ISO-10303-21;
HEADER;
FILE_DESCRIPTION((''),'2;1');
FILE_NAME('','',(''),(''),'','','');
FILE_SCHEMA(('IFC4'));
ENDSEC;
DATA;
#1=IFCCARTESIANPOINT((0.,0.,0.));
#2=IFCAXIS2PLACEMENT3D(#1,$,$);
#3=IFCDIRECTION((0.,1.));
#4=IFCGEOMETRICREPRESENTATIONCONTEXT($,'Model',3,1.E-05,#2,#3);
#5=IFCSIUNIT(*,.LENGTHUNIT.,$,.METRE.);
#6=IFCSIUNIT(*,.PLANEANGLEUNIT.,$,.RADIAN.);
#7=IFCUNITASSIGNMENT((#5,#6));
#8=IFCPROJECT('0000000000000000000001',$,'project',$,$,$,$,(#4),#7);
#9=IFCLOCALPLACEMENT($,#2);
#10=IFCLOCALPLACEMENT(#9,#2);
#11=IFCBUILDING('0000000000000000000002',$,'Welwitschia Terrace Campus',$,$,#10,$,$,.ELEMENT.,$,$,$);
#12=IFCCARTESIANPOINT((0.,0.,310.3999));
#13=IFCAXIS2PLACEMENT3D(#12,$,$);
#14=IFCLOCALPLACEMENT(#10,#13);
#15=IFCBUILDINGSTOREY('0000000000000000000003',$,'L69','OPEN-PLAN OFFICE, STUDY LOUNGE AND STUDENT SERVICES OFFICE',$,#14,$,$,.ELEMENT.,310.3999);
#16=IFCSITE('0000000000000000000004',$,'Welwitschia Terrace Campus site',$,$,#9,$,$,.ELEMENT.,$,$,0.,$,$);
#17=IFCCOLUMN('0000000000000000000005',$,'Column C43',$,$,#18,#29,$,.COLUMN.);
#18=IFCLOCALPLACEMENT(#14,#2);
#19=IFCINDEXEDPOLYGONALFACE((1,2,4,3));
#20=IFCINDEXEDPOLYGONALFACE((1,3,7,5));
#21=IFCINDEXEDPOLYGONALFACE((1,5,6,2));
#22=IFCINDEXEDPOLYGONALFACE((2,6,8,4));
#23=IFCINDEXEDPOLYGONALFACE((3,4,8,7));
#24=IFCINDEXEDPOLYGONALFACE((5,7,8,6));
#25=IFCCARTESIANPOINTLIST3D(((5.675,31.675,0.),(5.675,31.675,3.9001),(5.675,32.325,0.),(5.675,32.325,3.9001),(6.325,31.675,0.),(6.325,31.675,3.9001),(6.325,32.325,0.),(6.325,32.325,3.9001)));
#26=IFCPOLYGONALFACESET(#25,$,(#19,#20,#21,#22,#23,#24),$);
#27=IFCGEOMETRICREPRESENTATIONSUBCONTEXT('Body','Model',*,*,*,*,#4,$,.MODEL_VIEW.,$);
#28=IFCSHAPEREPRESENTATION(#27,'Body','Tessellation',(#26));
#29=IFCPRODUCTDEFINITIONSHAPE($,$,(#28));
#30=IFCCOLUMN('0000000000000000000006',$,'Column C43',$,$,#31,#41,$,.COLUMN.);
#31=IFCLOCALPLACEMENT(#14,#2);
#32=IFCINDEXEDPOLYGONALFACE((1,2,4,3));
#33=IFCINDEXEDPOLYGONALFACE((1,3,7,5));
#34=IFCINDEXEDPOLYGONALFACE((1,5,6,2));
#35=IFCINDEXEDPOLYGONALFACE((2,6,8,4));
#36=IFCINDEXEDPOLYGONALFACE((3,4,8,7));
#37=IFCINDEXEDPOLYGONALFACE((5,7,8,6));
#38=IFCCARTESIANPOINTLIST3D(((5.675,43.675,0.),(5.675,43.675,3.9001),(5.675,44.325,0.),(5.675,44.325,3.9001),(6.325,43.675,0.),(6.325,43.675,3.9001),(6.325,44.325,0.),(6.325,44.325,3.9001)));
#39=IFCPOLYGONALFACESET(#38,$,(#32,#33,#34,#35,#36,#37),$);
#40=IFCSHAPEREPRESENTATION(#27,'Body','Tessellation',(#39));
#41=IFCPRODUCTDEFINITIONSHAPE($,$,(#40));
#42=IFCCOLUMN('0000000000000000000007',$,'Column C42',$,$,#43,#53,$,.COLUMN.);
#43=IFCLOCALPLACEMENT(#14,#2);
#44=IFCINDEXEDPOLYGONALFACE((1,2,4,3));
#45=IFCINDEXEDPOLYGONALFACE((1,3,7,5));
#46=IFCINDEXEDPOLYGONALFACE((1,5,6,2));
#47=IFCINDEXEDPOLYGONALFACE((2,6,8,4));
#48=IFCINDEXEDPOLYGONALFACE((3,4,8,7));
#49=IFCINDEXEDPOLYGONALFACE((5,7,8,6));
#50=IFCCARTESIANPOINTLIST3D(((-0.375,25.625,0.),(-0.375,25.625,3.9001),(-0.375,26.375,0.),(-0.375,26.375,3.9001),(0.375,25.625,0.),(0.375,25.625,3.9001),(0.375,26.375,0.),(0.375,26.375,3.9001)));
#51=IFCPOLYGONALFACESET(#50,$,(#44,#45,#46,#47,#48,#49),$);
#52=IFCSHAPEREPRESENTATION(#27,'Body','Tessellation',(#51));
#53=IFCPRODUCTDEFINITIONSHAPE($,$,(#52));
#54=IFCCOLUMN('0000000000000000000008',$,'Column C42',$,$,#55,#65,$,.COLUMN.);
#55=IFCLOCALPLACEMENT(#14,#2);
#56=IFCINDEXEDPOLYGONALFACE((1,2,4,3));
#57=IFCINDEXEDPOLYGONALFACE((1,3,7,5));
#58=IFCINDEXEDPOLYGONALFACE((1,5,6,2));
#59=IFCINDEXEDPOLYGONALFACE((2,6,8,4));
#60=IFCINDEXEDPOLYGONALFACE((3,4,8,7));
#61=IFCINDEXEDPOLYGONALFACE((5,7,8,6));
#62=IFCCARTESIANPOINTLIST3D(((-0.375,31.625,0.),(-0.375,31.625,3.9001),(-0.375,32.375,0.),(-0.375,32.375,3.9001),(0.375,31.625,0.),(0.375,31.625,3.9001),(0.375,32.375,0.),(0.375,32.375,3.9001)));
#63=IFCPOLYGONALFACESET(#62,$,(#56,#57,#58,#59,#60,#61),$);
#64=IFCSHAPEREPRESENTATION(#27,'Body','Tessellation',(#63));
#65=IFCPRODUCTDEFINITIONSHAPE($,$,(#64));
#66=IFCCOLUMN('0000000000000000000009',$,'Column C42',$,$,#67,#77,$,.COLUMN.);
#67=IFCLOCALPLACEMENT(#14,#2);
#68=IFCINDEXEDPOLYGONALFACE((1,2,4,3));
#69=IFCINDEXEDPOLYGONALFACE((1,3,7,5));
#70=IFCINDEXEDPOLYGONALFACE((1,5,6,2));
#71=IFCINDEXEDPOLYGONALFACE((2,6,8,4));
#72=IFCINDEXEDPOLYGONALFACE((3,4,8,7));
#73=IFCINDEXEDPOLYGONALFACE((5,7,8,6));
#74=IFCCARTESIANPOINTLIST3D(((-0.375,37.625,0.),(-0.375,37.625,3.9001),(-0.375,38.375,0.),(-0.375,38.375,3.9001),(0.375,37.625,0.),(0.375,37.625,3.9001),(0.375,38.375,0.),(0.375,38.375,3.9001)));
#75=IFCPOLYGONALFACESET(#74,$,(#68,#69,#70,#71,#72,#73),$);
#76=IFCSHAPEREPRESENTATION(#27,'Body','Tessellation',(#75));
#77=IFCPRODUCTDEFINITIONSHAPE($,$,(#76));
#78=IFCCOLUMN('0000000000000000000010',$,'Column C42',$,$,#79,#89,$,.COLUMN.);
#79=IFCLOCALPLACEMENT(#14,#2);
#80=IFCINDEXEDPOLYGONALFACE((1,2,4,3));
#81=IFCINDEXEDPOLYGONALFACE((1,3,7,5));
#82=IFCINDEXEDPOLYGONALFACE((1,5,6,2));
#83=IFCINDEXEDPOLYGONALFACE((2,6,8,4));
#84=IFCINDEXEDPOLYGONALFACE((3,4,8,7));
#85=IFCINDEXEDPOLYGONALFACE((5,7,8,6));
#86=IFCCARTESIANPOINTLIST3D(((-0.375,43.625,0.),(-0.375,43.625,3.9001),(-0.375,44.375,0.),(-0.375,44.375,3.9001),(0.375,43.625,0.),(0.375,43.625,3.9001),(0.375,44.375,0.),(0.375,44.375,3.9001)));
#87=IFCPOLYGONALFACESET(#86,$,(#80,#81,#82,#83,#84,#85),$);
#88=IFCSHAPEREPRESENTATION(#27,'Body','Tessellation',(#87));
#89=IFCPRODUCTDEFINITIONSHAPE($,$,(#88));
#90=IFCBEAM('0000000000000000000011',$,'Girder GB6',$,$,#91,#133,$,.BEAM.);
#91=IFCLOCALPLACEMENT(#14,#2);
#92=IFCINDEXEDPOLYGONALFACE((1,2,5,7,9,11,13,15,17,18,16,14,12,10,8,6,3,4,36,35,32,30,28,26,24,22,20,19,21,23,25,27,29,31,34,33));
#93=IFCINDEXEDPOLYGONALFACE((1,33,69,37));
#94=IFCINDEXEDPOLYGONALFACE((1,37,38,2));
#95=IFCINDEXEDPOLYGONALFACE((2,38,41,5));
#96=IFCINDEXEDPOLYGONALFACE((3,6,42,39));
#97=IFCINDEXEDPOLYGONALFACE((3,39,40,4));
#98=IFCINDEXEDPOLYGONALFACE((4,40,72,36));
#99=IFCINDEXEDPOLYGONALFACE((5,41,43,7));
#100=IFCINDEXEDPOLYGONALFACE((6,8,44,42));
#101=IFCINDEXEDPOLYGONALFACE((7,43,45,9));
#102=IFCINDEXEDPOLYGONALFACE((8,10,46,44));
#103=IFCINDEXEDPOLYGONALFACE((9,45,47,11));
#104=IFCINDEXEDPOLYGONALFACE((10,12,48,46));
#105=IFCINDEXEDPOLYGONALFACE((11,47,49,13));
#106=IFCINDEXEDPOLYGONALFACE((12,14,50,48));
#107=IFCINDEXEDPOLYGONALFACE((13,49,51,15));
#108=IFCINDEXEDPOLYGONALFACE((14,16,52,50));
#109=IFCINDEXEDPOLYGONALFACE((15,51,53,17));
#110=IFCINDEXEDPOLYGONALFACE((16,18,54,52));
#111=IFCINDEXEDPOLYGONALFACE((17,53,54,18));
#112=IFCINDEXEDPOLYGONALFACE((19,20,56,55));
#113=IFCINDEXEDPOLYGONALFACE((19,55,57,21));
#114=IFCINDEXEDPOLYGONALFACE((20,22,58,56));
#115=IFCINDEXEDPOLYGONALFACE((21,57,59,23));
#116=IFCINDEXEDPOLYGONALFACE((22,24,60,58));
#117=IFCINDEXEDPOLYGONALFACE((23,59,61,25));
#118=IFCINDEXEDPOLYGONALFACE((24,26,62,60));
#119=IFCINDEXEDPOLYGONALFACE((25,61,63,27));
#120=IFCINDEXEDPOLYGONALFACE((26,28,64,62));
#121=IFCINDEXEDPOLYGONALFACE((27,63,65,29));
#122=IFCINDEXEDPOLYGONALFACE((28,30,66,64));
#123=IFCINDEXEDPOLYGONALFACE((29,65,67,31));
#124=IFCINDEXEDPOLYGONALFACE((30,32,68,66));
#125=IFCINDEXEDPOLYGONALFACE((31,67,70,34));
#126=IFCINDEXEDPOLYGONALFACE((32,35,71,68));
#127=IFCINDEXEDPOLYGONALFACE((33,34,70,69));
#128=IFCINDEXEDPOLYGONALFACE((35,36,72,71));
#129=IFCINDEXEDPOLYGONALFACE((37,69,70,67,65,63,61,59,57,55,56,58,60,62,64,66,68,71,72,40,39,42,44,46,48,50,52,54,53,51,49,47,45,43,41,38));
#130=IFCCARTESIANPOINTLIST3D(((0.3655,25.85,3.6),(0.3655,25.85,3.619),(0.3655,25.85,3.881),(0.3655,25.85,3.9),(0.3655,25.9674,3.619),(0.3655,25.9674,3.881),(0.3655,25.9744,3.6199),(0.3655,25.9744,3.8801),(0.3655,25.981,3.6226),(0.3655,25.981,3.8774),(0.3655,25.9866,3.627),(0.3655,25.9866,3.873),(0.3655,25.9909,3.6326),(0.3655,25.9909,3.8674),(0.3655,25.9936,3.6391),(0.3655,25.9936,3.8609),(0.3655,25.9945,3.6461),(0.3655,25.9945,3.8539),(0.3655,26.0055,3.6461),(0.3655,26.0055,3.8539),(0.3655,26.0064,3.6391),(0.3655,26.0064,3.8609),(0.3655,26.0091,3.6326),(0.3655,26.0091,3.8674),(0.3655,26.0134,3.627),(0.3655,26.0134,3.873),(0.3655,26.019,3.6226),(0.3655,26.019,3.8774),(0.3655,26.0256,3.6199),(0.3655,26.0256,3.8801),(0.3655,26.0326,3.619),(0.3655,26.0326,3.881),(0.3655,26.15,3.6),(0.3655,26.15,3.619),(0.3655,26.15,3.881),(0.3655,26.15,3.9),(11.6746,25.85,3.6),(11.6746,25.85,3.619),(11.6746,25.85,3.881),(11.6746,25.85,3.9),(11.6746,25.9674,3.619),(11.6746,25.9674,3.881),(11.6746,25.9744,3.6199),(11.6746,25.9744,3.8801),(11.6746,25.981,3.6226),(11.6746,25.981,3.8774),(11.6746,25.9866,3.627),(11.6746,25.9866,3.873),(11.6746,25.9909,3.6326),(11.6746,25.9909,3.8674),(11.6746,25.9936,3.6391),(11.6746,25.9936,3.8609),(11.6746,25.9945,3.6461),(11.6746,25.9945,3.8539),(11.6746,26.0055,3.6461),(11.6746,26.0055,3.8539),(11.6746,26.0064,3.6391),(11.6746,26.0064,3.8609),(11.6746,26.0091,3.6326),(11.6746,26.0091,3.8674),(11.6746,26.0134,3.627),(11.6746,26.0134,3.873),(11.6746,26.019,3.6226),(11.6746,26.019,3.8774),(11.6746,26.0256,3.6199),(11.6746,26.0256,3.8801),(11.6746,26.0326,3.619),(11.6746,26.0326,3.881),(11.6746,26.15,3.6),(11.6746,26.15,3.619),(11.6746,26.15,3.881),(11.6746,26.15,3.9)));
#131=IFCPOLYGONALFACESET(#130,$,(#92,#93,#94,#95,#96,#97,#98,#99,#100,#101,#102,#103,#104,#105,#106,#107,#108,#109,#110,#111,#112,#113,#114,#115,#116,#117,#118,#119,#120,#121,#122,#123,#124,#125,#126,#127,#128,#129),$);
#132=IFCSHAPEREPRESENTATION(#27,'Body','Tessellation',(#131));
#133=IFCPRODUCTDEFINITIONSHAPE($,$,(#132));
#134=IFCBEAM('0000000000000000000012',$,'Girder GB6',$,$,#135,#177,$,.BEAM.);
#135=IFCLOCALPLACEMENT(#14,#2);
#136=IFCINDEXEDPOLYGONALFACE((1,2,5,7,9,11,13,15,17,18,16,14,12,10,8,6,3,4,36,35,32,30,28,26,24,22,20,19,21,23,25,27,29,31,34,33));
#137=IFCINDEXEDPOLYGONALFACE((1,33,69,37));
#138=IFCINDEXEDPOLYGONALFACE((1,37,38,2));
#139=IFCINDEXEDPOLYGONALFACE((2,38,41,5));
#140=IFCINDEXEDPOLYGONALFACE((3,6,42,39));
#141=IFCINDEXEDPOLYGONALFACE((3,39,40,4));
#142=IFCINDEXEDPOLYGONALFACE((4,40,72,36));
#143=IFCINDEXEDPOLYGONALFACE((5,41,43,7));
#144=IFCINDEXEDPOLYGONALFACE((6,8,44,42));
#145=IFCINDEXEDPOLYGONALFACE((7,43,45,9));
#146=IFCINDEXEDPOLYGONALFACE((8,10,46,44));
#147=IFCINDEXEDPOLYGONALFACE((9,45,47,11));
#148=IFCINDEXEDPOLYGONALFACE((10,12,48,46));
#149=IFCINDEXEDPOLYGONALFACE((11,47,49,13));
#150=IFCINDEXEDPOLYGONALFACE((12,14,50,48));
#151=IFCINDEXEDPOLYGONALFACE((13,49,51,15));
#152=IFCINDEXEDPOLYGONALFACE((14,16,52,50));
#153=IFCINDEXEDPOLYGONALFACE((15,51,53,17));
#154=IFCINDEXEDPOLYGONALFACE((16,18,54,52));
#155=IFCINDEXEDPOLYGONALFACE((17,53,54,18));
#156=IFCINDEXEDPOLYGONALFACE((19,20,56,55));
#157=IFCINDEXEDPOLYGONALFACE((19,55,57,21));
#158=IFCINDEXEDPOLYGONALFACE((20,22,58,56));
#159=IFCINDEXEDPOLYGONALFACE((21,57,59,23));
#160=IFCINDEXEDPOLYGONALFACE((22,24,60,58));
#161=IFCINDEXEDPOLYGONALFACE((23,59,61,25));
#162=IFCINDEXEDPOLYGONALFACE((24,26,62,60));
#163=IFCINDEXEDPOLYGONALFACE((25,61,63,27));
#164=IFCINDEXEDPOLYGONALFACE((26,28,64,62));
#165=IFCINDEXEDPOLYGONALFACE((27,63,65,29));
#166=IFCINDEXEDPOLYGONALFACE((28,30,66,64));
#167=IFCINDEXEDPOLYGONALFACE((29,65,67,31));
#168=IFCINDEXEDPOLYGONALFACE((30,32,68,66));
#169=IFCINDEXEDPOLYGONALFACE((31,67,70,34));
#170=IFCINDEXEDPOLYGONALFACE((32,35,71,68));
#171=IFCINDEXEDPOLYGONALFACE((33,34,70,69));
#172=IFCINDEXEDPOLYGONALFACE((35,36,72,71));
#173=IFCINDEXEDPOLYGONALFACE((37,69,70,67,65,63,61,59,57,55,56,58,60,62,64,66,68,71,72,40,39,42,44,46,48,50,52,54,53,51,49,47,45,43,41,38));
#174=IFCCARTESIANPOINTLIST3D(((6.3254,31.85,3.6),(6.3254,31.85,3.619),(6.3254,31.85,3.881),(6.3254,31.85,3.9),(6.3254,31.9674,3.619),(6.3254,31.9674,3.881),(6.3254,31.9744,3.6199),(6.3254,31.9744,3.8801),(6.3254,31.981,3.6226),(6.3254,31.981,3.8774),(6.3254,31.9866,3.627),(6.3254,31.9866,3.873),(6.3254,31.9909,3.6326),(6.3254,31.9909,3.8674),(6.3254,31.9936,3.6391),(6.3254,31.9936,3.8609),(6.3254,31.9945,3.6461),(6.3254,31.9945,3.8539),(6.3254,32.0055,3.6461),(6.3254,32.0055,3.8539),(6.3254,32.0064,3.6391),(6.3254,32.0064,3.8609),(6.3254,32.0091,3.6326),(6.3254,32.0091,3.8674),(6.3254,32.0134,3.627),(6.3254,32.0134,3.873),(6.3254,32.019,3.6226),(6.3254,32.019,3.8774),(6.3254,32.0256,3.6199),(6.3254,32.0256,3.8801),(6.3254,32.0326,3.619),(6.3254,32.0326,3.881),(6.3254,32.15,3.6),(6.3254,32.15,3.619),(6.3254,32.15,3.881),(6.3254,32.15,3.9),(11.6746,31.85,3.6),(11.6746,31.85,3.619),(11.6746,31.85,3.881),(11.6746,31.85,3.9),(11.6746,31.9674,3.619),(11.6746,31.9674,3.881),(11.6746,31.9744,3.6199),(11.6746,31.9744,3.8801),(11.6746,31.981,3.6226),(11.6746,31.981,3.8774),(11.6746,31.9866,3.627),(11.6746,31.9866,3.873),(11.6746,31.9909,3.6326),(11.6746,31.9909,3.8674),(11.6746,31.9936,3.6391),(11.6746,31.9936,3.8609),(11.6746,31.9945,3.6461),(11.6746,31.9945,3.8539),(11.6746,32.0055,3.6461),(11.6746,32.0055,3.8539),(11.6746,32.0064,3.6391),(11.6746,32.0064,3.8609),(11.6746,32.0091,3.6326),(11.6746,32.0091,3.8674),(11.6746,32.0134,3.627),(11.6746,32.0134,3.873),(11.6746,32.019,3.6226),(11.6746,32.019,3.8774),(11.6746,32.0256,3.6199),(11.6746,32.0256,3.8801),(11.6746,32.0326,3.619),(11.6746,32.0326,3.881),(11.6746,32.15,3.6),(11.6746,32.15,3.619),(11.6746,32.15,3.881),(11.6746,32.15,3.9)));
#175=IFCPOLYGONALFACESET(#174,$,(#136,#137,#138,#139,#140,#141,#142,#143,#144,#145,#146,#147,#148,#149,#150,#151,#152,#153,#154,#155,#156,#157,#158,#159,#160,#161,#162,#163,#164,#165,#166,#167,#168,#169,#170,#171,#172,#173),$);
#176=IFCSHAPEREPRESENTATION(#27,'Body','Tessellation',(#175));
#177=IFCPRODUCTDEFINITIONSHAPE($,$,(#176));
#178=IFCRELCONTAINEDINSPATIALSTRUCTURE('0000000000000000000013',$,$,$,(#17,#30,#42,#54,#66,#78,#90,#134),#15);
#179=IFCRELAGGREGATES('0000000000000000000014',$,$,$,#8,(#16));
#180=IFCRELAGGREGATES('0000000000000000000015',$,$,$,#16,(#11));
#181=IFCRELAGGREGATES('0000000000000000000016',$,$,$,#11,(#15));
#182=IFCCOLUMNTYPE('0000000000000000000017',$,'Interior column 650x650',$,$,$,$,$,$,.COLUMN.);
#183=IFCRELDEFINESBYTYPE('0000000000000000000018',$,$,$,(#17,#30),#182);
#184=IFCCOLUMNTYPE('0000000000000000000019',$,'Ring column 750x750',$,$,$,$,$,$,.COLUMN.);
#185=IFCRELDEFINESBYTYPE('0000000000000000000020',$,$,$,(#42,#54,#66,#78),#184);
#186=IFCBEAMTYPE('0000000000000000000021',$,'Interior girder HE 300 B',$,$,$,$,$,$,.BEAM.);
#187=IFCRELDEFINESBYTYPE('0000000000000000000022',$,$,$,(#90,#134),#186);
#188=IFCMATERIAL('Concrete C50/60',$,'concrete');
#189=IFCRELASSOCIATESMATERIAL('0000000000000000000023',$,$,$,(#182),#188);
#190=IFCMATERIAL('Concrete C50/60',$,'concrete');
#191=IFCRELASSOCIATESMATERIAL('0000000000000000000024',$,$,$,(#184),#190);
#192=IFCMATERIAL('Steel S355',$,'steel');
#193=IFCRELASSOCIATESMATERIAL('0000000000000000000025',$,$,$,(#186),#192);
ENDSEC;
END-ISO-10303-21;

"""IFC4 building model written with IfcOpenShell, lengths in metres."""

from ifc_helpers import new_model, si_unit, direction, frame, origin, origin_2d, place, context, subcontext, project, spatial, rectangle, i_section, extrude, material, material_profile, profile_set, type_object, element, save


model = new_model("IFC4")

# Units and contexts
model_context = context("Model", 3, precision=1e-05, world=origin(), true_north=direction((0.0, 1.0)))
body_context = subcontext(model_context, "Body", "Model", "MODEL_VIEW")
ifc_project = project(units=[si_unit("LENGTHUNIT", "METRE"), si_unit("PLANEANGLEUNIT", "RADIAN")], contexts=[model_context])

# Site, building, storey
site_placement = place(None, origin())
site = spatial("IfcSite", under=ifc_project, at=site_placement, Name="Welwitschia Terrace Campus site", CompositionType="ELEMENT", RefElevation=0.0)
building_placement = place(site_placement, origin())
building = spatial("IfcBuilding", under=site, at=building_placement, Name="Welwitschia Terrace Campus", CompositionType="ELEMENT")
storey_placement = place(building_placement, frame((0.0, 0.0, 310.3999)))
storey = spatial("IfcBuildingStorey", under=building, at=storey_placement, Name="L69", Description="OPEN-PLAN OFFICE, STUDY LOUNGE AND STUDENT SERVICES OFFICE", CompositionType="ELEMENT", Elevation=310.3999)

# Columns
ifc_material_1 = material(Name="Concrete C50/60", Category="concrete")
ifc_material_profile_1 = material_profile(ifc_material_1, rectangle(XDim=0.6499, YDim=0.6499, at=origin_2d()))
ifc_profile_set_1 = profile_set([ifc_material_profile_1], Name="Concrete C50/60")
column_type_1 = type_object("IfcColumnType", Name="Interior column 650x650", PredefinedType="COLUMN", material=ifc_profile_set_1)
for number, where, z_axis, x_axis, name in (
    (1, (6.0, 32.0, 0.0), (0.0, 0.0, 1.0), (1.0, 0.0, 0.0), "Column C43"),
    (2, (6.0, 44.0, 0.0), (0.0, 0.0, 1.0), (1.0, 0.0, 0.0), "Column C43"),
):
    element("IfcColumn", number, at=place(storey_placement, frame(where, z_axis=z_axis, x_axis=x_axis)), inside=storey, type_object=column_type_1, Name=name, PredefinedType="COLUMN", context=body_context, shape_type="SweptSolid", body=[
        extrude(rectangle(XDim=0.6499, YDim=0.6499, at=origin_2d()), origin(), (0.0, 0.0, 1.0), 3.9001),
    ])
ifc_material_2 = material(Name="Concrete C50/60", Category="concrete")
ifc_material_profile_2 = material_profile(ifc_material_2, rectangle(XDim=0.75, YDim=0.75, at=origin_2d()))
ifc_profile_set_2 = profile_set([ifc_material_profile_2], Name="Concrete C50/60")
column_type_2 = type_object("IfcColumnType", Name="Ring column 750x750", PredefinedType="COLUMN", material=ifc_profile_set_2)
for number, where, z_axis, x_axis, name in (
    (3, (0.0, 26.0, 0.0), (0.0, 0.0, 1.0), (1.0, 0.0, 0.0), "Column C42"),
    (4, (0.0, 32.0, 0.0), (0.0, 0.0, 1.0), (1.0, 0.0, 0.0), "Column C42"),
    (5, (0.0, 38.0, 0.0), (0.0, 0.0, 1.0), (1.0, 0.0, 0.0), "Column C42"),
    (6, (0.0, 44.0, 0.0), (0.0, 0.0, 1.0), (1.0, 0.0, 0.0), "Column C42"),
):
    element("IfcColumn", number, at=place(storey_placement, frame(where, z_axis=z_axis, x_axis=x_axis)), inside=storey, type_object=column_type_2, Name=name, PredefinedType="COLUMN", context=body_context, shape_type="SweptSolid", body=[
        extrude(rectangle(XDim=0.75, YDim=0.75, at=origin_2d()), origin(), (0.0, 0.0, 1.0), 3.9001),
    ])

# Beams
ifc_material_3 = material(Name="Steel S355", Category="steel")
ifc_material_profile_3 = material_profile(ifc_material_3, i_section(OverallWidth=0.3, OverallDepth=0.3, WebThickness=0.011, FlangeThickness=0.019, FilletRadius=0.0271, at=origin_2d()))
ifc_profile_set_3 = profile_set([ifc_material_profile_3], Name="Steel S355")
beam_type_1 = type_object("IfcBeamType", Name="Interior girder HE 300 B", PredefinedType="BEAM", material=ifc_profile_set_3)
beam_1_placement = place(storey_placement, frame((0.3655, 26.0, 3.75), z_axis=(1.0, 0.0, 0.0), x_axis=(0.0, 1.0, 0.0)))
element("IfcBeam", 7, at=beam_1_placement, inside=storey, type_object=beam_type_1, Name="Girder GB6", PredefinedType="BEAM", context=body_context, shape_type="SweptSolid", body=[
    extrude(i_section(OverallWidth=0.3, OverallDepth=0.3, WebThickness=0.011, FlangeThickness=0.019, FilletRadius=0.0271, at=origin_2d()), origin(), (0.0, 0.0, 1.0), 11.3091),
])
beam_2_placement = place(storey_placement, frame((6.3254, 32.0, 3.75), z_axis=(1.0, 0.0, 0.0), x_axis=(0.0, 1.0, 0.0)))
element("IfcBeam", 8, at=beam_2_placement, inside=storey, type_object=beam_type_1, Name="Girder GB6", PredefinedType="BEAM", context=body_context, shape_type="SweptSolid", body=[
    extrude(i_section(OverallWidth=0.3, OverallDepth=0.3, WebThickness=0.011, FlangeThickness=0.019, FilletRadius=0.0271, at=origin_2d()), origin(), (0.0, 0.0, 1.0), 5.3491),
])

save(model, "model.ifc")
